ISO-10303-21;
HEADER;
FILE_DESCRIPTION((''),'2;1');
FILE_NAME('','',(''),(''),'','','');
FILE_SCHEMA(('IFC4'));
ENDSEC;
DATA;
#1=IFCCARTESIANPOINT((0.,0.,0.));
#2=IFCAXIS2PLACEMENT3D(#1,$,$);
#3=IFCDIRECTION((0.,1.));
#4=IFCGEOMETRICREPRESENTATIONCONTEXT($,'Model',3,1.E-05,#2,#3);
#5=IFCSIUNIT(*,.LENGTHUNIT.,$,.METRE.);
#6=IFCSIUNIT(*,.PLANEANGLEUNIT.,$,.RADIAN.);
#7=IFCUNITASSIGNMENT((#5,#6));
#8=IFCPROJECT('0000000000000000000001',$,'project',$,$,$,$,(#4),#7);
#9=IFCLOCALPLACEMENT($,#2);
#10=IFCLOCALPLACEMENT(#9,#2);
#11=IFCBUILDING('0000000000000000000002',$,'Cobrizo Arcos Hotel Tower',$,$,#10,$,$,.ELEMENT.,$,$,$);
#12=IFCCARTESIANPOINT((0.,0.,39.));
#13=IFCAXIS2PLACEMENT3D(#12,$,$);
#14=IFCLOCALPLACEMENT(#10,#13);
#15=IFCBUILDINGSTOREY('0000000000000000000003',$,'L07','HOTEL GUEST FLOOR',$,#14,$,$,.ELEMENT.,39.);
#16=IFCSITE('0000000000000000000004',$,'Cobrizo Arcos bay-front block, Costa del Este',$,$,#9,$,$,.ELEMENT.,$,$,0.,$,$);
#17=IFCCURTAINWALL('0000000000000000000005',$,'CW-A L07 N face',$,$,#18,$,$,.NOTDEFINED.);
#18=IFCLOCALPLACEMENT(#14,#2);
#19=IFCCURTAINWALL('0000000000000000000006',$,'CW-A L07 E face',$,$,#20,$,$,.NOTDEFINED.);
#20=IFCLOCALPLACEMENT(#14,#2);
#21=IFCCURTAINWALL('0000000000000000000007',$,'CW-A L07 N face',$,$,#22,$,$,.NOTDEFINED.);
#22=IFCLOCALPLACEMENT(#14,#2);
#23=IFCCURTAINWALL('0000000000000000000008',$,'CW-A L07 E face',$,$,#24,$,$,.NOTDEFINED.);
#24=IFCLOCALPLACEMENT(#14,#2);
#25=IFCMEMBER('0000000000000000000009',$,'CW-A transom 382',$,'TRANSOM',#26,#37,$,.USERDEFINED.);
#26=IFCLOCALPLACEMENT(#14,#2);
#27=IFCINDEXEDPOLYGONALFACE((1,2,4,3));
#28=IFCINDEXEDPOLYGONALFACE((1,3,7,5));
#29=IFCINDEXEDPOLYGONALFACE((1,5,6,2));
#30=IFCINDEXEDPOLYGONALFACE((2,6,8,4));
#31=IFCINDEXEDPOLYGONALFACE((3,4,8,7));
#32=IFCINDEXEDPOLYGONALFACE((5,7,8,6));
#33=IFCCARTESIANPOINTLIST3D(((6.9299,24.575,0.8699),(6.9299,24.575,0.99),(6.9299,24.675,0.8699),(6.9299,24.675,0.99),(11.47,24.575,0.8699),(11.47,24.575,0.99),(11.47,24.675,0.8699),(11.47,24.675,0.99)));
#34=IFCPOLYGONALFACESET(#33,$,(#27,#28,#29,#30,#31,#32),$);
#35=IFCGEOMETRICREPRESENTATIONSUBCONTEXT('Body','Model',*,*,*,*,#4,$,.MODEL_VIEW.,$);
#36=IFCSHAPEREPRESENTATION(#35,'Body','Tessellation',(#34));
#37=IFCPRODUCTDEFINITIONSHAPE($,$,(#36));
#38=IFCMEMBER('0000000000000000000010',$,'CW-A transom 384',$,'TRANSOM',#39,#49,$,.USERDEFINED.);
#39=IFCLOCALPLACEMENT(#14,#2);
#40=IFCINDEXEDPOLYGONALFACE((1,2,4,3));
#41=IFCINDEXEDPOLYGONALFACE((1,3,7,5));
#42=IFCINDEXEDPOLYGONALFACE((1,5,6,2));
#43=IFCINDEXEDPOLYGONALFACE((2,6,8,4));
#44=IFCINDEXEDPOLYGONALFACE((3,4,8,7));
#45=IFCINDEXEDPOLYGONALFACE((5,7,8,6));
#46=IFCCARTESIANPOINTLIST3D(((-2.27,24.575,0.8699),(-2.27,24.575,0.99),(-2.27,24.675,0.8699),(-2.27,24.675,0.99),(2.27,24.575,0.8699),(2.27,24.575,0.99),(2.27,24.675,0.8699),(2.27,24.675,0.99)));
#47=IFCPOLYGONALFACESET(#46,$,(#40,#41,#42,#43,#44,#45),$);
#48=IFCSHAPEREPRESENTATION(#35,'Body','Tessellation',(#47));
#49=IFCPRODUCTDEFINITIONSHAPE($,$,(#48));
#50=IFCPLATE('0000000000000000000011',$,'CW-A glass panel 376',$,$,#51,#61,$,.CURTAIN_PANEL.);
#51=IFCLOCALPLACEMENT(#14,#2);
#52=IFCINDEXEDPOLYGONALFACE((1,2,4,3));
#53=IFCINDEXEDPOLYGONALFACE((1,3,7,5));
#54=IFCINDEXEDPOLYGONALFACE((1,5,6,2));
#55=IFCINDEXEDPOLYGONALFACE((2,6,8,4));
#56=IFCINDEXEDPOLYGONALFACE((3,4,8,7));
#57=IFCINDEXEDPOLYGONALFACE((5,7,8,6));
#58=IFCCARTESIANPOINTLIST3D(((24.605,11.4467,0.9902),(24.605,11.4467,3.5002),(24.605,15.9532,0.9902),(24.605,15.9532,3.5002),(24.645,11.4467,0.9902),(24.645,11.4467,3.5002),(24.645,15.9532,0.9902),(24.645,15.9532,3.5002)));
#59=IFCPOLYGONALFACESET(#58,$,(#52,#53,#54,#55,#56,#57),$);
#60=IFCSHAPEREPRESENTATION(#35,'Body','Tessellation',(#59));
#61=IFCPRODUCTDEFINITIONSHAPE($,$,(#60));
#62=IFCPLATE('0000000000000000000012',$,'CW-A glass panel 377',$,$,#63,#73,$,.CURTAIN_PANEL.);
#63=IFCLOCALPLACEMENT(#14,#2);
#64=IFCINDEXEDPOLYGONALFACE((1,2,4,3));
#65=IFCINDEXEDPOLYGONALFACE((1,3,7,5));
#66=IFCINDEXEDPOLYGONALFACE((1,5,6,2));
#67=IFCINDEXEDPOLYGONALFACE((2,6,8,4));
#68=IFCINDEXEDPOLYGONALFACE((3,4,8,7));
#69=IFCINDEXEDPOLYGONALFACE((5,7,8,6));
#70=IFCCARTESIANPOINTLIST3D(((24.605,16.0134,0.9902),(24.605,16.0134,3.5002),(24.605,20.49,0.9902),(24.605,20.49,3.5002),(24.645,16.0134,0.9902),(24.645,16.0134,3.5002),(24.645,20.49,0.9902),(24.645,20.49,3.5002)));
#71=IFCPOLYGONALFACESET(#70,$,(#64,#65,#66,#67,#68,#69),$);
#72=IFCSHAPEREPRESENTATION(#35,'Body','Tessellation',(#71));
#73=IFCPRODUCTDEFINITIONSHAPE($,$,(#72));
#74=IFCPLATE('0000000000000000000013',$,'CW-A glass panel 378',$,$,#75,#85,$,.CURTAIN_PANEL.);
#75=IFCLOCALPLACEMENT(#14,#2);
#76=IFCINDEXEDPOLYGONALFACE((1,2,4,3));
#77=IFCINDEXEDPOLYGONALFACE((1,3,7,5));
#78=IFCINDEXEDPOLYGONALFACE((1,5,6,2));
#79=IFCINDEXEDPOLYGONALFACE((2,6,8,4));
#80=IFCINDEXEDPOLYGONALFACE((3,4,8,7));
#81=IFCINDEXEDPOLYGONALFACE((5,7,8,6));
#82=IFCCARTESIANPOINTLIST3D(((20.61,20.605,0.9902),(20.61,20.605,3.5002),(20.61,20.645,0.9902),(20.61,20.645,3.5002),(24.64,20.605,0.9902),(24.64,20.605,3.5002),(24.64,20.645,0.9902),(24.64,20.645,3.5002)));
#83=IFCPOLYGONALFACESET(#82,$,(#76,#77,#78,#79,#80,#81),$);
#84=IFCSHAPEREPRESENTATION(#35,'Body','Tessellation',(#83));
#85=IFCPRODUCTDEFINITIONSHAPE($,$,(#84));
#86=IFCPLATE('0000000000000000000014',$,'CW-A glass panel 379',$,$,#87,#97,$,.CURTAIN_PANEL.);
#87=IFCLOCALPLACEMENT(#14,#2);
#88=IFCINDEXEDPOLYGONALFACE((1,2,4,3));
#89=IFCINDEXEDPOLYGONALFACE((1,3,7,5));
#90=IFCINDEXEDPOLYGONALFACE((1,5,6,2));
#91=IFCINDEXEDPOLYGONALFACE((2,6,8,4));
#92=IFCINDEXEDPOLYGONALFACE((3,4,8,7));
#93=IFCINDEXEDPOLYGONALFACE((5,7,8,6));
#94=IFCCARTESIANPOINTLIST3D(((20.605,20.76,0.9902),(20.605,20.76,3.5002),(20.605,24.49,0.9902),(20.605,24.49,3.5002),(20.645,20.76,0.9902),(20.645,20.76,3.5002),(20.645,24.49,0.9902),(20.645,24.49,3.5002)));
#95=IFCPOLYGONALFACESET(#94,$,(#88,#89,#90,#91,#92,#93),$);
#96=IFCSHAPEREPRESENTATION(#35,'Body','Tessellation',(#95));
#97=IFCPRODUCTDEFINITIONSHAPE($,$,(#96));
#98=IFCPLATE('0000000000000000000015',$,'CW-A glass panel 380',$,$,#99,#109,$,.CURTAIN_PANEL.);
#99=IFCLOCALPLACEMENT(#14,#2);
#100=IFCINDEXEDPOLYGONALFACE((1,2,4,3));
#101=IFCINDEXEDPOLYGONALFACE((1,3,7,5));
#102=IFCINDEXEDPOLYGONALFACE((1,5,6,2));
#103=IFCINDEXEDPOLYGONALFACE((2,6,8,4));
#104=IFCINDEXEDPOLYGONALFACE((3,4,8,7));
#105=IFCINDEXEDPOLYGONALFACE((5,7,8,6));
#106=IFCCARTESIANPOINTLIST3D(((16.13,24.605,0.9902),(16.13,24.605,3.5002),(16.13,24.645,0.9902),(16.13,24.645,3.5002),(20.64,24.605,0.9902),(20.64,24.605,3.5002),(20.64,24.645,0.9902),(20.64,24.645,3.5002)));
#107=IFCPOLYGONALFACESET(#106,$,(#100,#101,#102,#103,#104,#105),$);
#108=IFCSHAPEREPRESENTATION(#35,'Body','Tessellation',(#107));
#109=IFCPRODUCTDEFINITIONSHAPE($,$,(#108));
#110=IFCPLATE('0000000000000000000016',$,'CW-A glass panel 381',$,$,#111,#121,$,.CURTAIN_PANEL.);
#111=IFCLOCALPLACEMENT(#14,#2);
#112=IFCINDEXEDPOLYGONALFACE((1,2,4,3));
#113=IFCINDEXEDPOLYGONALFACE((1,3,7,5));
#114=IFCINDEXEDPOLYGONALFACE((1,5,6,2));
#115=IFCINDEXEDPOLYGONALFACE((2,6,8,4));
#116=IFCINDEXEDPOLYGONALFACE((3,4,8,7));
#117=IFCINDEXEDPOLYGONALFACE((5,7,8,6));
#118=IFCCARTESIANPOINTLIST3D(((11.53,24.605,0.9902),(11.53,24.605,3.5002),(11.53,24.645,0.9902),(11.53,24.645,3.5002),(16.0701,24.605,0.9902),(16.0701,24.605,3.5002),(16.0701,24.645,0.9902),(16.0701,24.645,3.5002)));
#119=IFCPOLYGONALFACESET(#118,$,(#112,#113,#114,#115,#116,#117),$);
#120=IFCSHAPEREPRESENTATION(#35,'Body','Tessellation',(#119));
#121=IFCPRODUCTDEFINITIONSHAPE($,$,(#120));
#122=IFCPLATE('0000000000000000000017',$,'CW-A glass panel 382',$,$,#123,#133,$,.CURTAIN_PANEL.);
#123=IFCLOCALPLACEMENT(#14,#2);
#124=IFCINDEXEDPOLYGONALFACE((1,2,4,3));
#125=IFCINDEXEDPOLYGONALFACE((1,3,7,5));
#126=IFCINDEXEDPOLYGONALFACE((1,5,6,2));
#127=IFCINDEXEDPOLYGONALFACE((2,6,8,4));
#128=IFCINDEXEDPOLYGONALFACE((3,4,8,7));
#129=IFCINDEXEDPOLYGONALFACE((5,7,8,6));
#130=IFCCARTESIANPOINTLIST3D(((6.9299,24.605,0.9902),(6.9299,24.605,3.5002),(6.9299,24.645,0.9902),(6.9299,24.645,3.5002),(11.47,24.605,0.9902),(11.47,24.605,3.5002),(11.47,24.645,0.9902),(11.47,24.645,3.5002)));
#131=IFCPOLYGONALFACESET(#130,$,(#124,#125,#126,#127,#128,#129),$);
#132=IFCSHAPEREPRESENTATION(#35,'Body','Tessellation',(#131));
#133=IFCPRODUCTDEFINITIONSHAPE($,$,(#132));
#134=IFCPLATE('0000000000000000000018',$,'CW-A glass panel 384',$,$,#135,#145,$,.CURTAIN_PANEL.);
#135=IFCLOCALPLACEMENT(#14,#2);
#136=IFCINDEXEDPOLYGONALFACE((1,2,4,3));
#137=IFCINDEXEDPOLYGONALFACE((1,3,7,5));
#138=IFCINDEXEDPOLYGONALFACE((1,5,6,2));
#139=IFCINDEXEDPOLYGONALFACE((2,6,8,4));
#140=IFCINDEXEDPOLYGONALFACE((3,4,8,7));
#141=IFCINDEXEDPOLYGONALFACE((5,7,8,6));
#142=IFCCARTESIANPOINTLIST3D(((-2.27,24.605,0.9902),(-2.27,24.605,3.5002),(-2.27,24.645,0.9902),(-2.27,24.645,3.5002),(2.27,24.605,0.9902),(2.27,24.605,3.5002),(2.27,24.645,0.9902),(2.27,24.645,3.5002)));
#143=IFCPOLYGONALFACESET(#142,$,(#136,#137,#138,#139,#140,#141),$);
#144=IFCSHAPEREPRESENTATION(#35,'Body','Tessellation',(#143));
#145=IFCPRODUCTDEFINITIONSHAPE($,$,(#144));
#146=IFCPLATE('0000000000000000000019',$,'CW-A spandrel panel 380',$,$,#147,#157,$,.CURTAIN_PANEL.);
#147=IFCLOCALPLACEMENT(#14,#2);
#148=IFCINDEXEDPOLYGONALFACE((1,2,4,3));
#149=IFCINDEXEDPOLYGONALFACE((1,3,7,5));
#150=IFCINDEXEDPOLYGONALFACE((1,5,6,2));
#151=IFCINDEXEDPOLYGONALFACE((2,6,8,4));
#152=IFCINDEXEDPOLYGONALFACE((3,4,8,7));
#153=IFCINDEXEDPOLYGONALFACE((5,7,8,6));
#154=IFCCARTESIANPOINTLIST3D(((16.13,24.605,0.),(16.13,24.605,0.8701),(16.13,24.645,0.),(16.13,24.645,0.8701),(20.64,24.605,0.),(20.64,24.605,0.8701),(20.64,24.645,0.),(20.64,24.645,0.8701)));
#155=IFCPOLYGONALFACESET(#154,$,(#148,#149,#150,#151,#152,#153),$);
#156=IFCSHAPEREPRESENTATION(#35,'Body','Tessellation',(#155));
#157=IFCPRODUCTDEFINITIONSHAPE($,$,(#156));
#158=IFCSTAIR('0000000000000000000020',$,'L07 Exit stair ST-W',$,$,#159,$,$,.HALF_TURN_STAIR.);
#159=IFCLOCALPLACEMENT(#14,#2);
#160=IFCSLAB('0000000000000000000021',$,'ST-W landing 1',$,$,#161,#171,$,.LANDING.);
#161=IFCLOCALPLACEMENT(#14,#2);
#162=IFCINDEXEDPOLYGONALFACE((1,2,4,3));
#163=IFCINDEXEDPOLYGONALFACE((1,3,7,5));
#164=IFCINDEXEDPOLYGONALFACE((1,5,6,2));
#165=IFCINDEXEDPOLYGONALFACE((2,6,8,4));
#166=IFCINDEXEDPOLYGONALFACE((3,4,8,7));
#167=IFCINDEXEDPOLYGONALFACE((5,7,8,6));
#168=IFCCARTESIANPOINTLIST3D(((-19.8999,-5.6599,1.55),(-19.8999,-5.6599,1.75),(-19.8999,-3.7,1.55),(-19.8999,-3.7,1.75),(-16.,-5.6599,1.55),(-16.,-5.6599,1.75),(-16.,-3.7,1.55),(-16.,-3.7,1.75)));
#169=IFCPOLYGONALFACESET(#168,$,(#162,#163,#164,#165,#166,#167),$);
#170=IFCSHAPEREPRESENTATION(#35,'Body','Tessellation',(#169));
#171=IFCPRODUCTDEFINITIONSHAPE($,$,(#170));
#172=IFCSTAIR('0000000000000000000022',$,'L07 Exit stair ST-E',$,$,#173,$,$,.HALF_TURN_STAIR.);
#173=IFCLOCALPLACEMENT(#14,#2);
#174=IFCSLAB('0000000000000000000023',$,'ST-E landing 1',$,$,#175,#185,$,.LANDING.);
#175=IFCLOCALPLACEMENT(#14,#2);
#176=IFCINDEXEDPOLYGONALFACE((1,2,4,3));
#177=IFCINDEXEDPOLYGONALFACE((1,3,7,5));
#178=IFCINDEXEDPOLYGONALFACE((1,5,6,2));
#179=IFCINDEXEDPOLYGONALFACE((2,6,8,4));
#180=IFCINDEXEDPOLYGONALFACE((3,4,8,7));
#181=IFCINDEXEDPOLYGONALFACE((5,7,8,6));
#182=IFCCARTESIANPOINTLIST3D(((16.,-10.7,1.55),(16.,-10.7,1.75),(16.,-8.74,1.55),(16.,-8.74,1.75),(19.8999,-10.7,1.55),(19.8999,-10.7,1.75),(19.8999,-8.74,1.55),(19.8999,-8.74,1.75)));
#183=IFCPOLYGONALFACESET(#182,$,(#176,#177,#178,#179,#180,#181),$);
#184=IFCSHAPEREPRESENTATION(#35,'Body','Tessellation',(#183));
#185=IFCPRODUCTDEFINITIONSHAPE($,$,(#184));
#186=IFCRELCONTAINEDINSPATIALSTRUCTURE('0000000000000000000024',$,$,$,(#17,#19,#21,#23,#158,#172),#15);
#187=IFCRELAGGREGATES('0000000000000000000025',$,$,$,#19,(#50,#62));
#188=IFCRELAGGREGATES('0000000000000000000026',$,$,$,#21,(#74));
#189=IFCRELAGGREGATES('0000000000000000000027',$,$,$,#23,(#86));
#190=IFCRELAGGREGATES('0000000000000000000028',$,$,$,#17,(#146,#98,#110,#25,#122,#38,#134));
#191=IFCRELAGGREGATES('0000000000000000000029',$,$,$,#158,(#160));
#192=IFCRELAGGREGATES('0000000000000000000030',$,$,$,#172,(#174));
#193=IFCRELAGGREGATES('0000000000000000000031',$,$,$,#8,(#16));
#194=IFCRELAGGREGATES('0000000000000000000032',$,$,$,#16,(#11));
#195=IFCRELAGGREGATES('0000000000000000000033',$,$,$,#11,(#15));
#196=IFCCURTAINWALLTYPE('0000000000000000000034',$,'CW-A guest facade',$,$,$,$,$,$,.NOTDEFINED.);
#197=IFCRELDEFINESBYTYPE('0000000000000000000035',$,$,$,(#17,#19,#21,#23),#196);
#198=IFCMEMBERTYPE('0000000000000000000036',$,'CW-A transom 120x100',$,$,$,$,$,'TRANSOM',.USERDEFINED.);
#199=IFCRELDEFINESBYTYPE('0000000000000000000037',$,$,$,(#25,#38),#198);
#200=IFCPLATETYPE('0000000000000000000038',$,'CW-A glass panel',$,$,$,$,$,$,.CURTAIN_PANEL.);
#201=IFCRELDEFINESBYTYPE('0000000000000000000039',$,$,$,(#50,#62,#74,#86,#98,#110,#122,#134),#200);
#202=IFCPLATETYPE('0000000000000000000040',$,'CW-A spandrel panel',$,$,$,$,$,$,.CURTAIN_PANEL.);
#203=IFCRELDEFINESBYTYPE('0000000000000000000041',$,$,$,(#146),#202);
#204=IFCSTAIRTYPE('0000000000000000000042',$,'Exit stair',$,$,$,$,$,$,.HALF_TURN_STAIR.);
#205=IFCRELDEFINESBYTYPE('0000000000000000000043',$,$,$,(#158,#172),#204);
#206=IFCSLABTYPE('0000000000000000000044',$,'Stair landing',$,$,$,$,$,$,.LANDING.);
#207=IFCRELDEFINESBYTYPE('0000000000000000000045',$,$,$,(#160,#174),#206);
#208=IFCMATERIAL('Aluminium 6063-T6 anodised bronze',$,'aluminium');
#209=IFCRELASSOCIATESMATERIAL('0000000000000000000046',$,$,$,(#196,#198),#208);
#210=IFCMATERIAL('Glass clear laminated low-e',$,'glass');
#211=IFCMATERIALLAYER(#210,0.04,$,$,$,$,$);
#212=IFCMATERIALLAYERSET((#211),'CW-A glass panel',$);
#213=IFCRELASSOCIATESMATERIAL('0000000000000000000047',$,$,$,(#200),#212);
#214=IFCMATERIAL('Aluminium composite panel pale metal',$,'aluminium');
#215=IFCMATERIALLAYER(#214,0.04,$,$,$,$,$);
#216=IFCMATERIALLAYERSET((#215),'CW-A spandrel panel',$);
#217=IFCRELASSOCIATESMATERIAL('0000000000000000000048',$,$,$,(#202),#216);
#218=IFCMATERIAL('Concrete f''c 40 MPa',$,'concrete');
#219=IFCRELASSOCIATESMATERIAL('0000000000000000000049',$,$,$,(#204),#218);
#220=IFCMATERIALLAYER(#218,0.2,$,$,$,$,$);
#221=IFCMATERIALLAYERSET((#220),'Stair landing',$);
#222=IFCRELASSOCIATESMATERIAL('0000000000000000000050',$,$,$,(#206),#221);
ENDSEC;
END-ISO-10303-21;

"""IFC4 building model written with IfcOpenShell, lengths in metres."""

from ifc_helpers import new_model, si_unit, direction, frame, origin, origin_2d, place, context, subcontext, project, spatial, polyline, rectangle, outline, extrude, material, layer, layer_set, material_profile, profile_set, type_object, element, aggregate, save


model = new_model("IFC4")

# Units and contexts
model_context = context("Model", 3, precision=1e-05, world=origin(), true_north=direction((0.0, 1.0)))
body_context = subcontext(model_context, "Body", "Model", "MODEL_VIEW")
ifc_project = project(units=[si_unit("LENGTHUNIT", "METRE"), si_unit("PLANEANGLEUNIT", "RADIAN")], contexts=[model_context])

# Site, building, storey
site_placement = place(None, origin())
site = spatial("IfcSite", under=ifc_project, at=site_placement, Name="Cobrizo Arcos bay-front block, Costa del Este", CompositionType="ELEMENT", RefElevation=0.0)
building_placement = place(site_placement, origin())
building = spatial("IfcBuilding", under=site, at=building_placement, Name="Cobrizo Arcos Hotel Tower", CompositionType="ELEMENT")
storey_placement = place(building_placement, frame((0.0, 0.0, 39.0)))
storey = spatial("IfcBuildingStorey", under=building, at=storey_placement, Name="L07", Description="HOTEL GUEST FLOOR", CompositionType="ELEMENT", Elevation=39.0)

# Curtain wall
ifc_material_1 = material(Name="Aluminium 6063-T6 anodised bronze", Category="aluminium")
curtain_wall_type = type_object("IfcCurtainWallType", Name="CW-A guest facade", PredefinedType="NOTDEFINED", material=ifc_material_1)
curtain_wall_1_placement = place(storey_placement, origin())
curtain_wall_1 = element("IfcCurtainWall", 1, at=curtain_wall_1_placement, inside=storey, type_object=curtain_wall_type, Name="CW-A L07 N face", PredefinedType="NOTDEFINED")

# Curtain wall
curtain_wall_2_placement = place(storey_placement, origin())
curtain_wall_2 = element("IfcCurtainWall", 2, at=curtain_wall_2_placement, inside=storey, type_object=curtain_wall_type, Name="CW-A L07 E face", PredefinedType="NOTDEFINED")
ifc_material_profile_1 = material_profile(ifc_material_1, rectangle(XDim=0.1001, YDim=0.1201, at=origin_2d()), Name="CW-A transom 120x100")
ifc_profile_set_1 = profile_set([ifc_material_profile_1], Name="Aluminium 6063-T6 anodised bronze")
member_type_1 = type_object("IfcMemberType", Name="CW-A transom 120x100", ElementType="TRANSOM", PredefinedType="USERDEFINED", material=ifc_profile_set_1)

# Curtain walls
curtain_wall_3_placement = place(storey_placement, origin())
curtain_wall_3 = element("IfcCurtainWall", 3, at=curtain_wall_3_placement, inside=storey, type_object=curtain_wall_type, Name="CW-A L07 N face", PredefinedType="NOTDEFINED")
curtain_wall_4_placement = place(storey_placement, origin())
curtain_wall_4 = element("IfcCurtainWall", 4, at=curtain_wall_4_placement, inside=storey, type_object=curtain_wall_type, Name="CW-A L07 E face", PredefinedType="NOTDEFINED")

# Members
member_1_placement = place(storey_placement, frame((11.47, 24.625, 0.9299), z_axis=(-1.0, 0.0, 0.0), x_axis=(0.0, -1.0, 0.0)))
member_1 = element("IfcMember", 5, at=member_1_placement, type_object=member_type_1, Name="CW-A transom 382", ObjectType="TRANSOM", PredefinedType="USERDEFINED", context=body_context, shape_type="SweptSolid", body=[
    extrude(rectangle(XDim=0.1001, YDim=0.1201, at=origin_2d()), origin(), (0.0, 0.0, 1.0), 4.54),
])
member_2_placement = place(storey_placement, frame((2.27, 24.625, 0.9299), z_axis=(-1.0, 0.0, 0.0), x_axis=(0.0, -1.0, 0.0)))
member_2 = element("IfcMember", 6, at=member_2_placement, type_object=member_type_1, Name="CW-A transom 384", ObjectType="TRANSOM", PredefinedType="USERDEFINED", context=body_context, shape_type="SweptSolid", body=[
    extrude(rectangle(XDim=0.1001, YDim=0.1201, at=origin_2d()), origin(), (0.0, 0.0, 1.0), 4.54),
])

# Plates
ifc_material_2 = material(Name="Glass clear laminated low-e", Category="glass")
ifc_layer_1 = layer(ifc_material_2, 0.04)
ifc_layer_set_1 = layer_set([ifc_layer_1], Name="CW-A glass panel")
plate_type_1 = type_object("IfcPlateType", Name="CW-A glass panel", PredefinedType="CURTAIN_PANEL", material=ifc_layer_set_1)
plate_1_placement = place(storey_placement, frame((24.625, 13.7, 0.9902), z_axis=(0.0, 0.0, 1.0), x_axis=(0.0, 1.0, 0.0)))
plate_1 = element("IfcPlate", 7, at=plate_1_placement, type_object=plate_type_1, Name="CW-A glass panel 376", PredefinedType="CURTAIN_PANEL", context=body_context, shape_type="SweptSolid", body=[
    extrude(rectangle(XDim=4.5066, YDim=0.04, at=origin_2d()), origin(), (0.0, 0.0, 1.0), 2.51),
])
plate_2_placement = place(storey_placement, frame((24.625, 18.2517, 0.9902), z_axis=(0.0, 0.0, 1.0), x_axis=(0.0, 1.0, 0.0)))
plate_2 = element("IfcPlate", 8, at=plate_2_placement, type_object=plate_type_1, Name="CW-A glass panel 377", PredefinedType="CURTAIN_PANEL", context=body_context, shape_type="SweptSolid", body=[
    extrude(rectangle(XDim=4.4766, YDim=0.04, at=origin_2d()), origin(), (0.0, 0.0, 1.0), 2.51),
])
aggregate(curtain_wall_2, [plate_1, plate_2])
plate_3_placement = place(storey_placement, frame((22.625, 20.625, 0.9902), z_axis=(0.0, 0.0, 1.0), x_axis=(-1.0, 0.0, 0.0)))
plate_3 = element("IfcPlate", 9, at=plate_3_placement, type_object=plate_type_1, Name="CW-A glass panel 378", PredefinedType="CURTAIN_PANEL", context=body_context, shape_type="SweptSolid", body=[
    extrude(rectangle(XDim=4.03, YDim=0.04, at=origin_2d()), origin(), (0.0, 0.0, 1.0), 2.51),
])
aggregate(curtain_wall_3, [plate_3])
plate_4_placement = place(storey_placement, frame((20.625, 22.625, 0.9902), z_axis=(0.0, 0.0, 1.0), x_axis=(0.0, 1.0, 0.0)))
plate_4 = element("IfcPlate", 10, at=plate_4_placement, type_object=plate_type_1, Name="CW-A glass panel 379", PredefinedType="CURTAIN_PANEL", context=body_context, shape_type="SweptSolid", body=[
    extrude(rectangle(XDim=3.73, YDim=0.04, at=origin_2d()), origin(), (0.0, 0.0, 1.0), 2.51),
])
aggregate(curtain_wall_4, [plate_4])
plate_5_placement = place(storey_placement, frame((18.385, 24.625, 0.9902), z_axis=(0.0, 0.0, 1.0), x_axis=(-1.0, 0.0, 0.0)))
plate_5 = element("IfcPlate", 11, at=plate_5_placement, type_object=plate_type_1, Name="CW-A glass panel 380", PredefinedType="CURTAIN_PANEL", context=body_context, shape_type="SweptSolid", body=[
    extrude(rectangle(XDim=4.51, YDim=0.04, at=origin_2d()), origin(), (0.0, 0.0, 1.0), 2.51),
])
plate_6_placement = place(storey_placement, frame((13.8, 24.625, 0.9902), z_axis=(0.0, 0.0, 1.0), x_axis=(-1.0, 0.0, 0.0)))
plate_6 = element("IfcPlate", 12, at=plate_6_placement, type_object=plate_type_1, Name="CW-A glass panel 381", PredefinedType="CURTAIN_PANEL", context=body_context, shape_type="SweptSolid", body=[
    extrude(rectangle(XDim=4.54, YDim=0.04, at=origin_2d()), origin(), (0.0, 0.0, 1.0), 2.51),
])
plate_7_placement = place(storey_placement, frame((9.2, 24.625, 0.9902), z_axis=(0.0, 0.0, 1.0), x_axis=(-1.0, 0.0, 0.0)))
plate_7 = element("IfcPlate", 13, at=plate_7_placement, type_object=plate_type_1, Name="CW-A glass panel 382", PredefinedType="CURTAIN_PANEL", context=body_context, shape_type="SweptSolid", body=[
    extrude(rectangle(XDim=4.54, YDim=0.04, at=origin_2d()), origin(), (0.0, 0.0, 1.0), 2.51),
])
plate_8_placement = place(storey_placement, frame((0.0, 24.625, 0.9902), z_axis=(0.0, 0.0, 1.0), x_axis=(-1.0, 0.0, 0.0)))
plate_8 = element("IfcPlate", 14, at=plate_8_placement, type_object=plate_type_1, Name="CW-A glass panel 384", PredefinedType="CURTAIN_PANEL", context=body_context, shape_type="SweptSolid", body=[
    extrude(rectangle(XDim=4.54, YDim=0.04, at=origin_2d()), origin(), (0.0, 0.0, 1.0), 2.51),
])
ifc_material_3 = material(Name="Aluminium composite panel pale metal", Category="aluminium")
ifc_layer_2 = layer(ifc_material_3, 0.04)
ifc_layer_set_2 = layer_set([ifc_layer_2], Name="CW-A spandrel panel")
plate_type_2 = type_object("IfcPlateType", Name="CW-A spandrel panel", PredefinedType="CURTAIN_PANEL", material=ifc_layer_set_2)
plate_9_placement = place(storey_placement, frame((18.385, 24.625, 0.0), z_axis=(0.0, 0.0, 1.0), x_axis=(-1.0, 0.0, 0.0)))
plate_9 = element("IfcPlate", 15, at=plate_9_placement, type_object=plate_type_2, Name="CW-A spandrel panel 380", PredefinedType="CURTAIN_PANEL", context=body_context, shape_type="SweptSolid", body=[
    extrude(rectangle(XDim=4.51, YDim=0.04, at=origin_2d()), origin(), (0.0, 0.0, 1.0), 0.8701),
])
aggregate(curtain_wall_1, [plate_9, plate_5, plate_6, member_1, plate_7, member_2, plate_8])

# Stairs, slabs
ifc_material_4 = material(Name="Concrete f'c 40 MPa", Category="concrete")
stair_type = type_object("IfcStairType", Name="Exit stair", PredefinedType="HALF_TURN_STAIR", material=ifc_material_4)
stair_1_placement = place(storey_placement, origin())
stair_1 = element("IfcStair", 16, at=stair_1_placement, inside=storey, type_object=stair_type, Name="L07 Exit stair ST-W", PredefinedType="HALF_TURN_STAIR")
ifc_layer_3 = layer(ifc_material_4, 0.2)
ifc_layer_set_3 = layer_set([ifc_layer_3], Name="Stair landing")
slab_type = type_object("IfcSlabType", Name="Stair landing", PredefinedType="LANDING", material=ifc_layer_set_3)
slab_1_placement = place(storey_placement, frame((0.0, 0.0, 1.55)))
slab_1 = element("IfcSlab", 17, at=slab_1_placement, type_object=slab_type, Name="ST-W landing 1", PredefinedType="LANDING", context=body_context, shape_type="SweptSolid", body=[
    extrude(outline(polyline([(-16.0, -5.6599), (-16.0, -3.7), (-19.8999, -3.7), (-19.8999, -5.6599), (-16.0, -5.6599)])), origin(), (0.0, 0.0, 1.0), 0.2),
])
aggregate(stair_1, [slab_1])
stair_2_placement = place(storey_placement, origin())
stair_2 = element("IfcStair", 18, at=stair_2_placement, inside=storey, type_object=stair_type, Name="L07 Exit stair ST-E", PredefinedType="HALF_TURN_STAIR")
slab_2_placement = place(storey_placement, frame((0.0, 0.0, 1.55)))
slab_2 = element("IfcSlab", 19, at=slab_2_placement, type_object=slab_type, Name="ST-E landing 1", PredefinedType="LANDING", context=body_context, shape_type="SweptSolid", body=[
    extrude(outline(polyline([(16.0, -8.74), (16.0, -10.7), (19.8999, -10.7), (19.8999, -8.74), (16.0, -8.74)])), origin(), (0.0, 0.0, 1.0), 0.2),
])
aggregate(stair_2, [slab_2])

save(model, "model.ifc")
